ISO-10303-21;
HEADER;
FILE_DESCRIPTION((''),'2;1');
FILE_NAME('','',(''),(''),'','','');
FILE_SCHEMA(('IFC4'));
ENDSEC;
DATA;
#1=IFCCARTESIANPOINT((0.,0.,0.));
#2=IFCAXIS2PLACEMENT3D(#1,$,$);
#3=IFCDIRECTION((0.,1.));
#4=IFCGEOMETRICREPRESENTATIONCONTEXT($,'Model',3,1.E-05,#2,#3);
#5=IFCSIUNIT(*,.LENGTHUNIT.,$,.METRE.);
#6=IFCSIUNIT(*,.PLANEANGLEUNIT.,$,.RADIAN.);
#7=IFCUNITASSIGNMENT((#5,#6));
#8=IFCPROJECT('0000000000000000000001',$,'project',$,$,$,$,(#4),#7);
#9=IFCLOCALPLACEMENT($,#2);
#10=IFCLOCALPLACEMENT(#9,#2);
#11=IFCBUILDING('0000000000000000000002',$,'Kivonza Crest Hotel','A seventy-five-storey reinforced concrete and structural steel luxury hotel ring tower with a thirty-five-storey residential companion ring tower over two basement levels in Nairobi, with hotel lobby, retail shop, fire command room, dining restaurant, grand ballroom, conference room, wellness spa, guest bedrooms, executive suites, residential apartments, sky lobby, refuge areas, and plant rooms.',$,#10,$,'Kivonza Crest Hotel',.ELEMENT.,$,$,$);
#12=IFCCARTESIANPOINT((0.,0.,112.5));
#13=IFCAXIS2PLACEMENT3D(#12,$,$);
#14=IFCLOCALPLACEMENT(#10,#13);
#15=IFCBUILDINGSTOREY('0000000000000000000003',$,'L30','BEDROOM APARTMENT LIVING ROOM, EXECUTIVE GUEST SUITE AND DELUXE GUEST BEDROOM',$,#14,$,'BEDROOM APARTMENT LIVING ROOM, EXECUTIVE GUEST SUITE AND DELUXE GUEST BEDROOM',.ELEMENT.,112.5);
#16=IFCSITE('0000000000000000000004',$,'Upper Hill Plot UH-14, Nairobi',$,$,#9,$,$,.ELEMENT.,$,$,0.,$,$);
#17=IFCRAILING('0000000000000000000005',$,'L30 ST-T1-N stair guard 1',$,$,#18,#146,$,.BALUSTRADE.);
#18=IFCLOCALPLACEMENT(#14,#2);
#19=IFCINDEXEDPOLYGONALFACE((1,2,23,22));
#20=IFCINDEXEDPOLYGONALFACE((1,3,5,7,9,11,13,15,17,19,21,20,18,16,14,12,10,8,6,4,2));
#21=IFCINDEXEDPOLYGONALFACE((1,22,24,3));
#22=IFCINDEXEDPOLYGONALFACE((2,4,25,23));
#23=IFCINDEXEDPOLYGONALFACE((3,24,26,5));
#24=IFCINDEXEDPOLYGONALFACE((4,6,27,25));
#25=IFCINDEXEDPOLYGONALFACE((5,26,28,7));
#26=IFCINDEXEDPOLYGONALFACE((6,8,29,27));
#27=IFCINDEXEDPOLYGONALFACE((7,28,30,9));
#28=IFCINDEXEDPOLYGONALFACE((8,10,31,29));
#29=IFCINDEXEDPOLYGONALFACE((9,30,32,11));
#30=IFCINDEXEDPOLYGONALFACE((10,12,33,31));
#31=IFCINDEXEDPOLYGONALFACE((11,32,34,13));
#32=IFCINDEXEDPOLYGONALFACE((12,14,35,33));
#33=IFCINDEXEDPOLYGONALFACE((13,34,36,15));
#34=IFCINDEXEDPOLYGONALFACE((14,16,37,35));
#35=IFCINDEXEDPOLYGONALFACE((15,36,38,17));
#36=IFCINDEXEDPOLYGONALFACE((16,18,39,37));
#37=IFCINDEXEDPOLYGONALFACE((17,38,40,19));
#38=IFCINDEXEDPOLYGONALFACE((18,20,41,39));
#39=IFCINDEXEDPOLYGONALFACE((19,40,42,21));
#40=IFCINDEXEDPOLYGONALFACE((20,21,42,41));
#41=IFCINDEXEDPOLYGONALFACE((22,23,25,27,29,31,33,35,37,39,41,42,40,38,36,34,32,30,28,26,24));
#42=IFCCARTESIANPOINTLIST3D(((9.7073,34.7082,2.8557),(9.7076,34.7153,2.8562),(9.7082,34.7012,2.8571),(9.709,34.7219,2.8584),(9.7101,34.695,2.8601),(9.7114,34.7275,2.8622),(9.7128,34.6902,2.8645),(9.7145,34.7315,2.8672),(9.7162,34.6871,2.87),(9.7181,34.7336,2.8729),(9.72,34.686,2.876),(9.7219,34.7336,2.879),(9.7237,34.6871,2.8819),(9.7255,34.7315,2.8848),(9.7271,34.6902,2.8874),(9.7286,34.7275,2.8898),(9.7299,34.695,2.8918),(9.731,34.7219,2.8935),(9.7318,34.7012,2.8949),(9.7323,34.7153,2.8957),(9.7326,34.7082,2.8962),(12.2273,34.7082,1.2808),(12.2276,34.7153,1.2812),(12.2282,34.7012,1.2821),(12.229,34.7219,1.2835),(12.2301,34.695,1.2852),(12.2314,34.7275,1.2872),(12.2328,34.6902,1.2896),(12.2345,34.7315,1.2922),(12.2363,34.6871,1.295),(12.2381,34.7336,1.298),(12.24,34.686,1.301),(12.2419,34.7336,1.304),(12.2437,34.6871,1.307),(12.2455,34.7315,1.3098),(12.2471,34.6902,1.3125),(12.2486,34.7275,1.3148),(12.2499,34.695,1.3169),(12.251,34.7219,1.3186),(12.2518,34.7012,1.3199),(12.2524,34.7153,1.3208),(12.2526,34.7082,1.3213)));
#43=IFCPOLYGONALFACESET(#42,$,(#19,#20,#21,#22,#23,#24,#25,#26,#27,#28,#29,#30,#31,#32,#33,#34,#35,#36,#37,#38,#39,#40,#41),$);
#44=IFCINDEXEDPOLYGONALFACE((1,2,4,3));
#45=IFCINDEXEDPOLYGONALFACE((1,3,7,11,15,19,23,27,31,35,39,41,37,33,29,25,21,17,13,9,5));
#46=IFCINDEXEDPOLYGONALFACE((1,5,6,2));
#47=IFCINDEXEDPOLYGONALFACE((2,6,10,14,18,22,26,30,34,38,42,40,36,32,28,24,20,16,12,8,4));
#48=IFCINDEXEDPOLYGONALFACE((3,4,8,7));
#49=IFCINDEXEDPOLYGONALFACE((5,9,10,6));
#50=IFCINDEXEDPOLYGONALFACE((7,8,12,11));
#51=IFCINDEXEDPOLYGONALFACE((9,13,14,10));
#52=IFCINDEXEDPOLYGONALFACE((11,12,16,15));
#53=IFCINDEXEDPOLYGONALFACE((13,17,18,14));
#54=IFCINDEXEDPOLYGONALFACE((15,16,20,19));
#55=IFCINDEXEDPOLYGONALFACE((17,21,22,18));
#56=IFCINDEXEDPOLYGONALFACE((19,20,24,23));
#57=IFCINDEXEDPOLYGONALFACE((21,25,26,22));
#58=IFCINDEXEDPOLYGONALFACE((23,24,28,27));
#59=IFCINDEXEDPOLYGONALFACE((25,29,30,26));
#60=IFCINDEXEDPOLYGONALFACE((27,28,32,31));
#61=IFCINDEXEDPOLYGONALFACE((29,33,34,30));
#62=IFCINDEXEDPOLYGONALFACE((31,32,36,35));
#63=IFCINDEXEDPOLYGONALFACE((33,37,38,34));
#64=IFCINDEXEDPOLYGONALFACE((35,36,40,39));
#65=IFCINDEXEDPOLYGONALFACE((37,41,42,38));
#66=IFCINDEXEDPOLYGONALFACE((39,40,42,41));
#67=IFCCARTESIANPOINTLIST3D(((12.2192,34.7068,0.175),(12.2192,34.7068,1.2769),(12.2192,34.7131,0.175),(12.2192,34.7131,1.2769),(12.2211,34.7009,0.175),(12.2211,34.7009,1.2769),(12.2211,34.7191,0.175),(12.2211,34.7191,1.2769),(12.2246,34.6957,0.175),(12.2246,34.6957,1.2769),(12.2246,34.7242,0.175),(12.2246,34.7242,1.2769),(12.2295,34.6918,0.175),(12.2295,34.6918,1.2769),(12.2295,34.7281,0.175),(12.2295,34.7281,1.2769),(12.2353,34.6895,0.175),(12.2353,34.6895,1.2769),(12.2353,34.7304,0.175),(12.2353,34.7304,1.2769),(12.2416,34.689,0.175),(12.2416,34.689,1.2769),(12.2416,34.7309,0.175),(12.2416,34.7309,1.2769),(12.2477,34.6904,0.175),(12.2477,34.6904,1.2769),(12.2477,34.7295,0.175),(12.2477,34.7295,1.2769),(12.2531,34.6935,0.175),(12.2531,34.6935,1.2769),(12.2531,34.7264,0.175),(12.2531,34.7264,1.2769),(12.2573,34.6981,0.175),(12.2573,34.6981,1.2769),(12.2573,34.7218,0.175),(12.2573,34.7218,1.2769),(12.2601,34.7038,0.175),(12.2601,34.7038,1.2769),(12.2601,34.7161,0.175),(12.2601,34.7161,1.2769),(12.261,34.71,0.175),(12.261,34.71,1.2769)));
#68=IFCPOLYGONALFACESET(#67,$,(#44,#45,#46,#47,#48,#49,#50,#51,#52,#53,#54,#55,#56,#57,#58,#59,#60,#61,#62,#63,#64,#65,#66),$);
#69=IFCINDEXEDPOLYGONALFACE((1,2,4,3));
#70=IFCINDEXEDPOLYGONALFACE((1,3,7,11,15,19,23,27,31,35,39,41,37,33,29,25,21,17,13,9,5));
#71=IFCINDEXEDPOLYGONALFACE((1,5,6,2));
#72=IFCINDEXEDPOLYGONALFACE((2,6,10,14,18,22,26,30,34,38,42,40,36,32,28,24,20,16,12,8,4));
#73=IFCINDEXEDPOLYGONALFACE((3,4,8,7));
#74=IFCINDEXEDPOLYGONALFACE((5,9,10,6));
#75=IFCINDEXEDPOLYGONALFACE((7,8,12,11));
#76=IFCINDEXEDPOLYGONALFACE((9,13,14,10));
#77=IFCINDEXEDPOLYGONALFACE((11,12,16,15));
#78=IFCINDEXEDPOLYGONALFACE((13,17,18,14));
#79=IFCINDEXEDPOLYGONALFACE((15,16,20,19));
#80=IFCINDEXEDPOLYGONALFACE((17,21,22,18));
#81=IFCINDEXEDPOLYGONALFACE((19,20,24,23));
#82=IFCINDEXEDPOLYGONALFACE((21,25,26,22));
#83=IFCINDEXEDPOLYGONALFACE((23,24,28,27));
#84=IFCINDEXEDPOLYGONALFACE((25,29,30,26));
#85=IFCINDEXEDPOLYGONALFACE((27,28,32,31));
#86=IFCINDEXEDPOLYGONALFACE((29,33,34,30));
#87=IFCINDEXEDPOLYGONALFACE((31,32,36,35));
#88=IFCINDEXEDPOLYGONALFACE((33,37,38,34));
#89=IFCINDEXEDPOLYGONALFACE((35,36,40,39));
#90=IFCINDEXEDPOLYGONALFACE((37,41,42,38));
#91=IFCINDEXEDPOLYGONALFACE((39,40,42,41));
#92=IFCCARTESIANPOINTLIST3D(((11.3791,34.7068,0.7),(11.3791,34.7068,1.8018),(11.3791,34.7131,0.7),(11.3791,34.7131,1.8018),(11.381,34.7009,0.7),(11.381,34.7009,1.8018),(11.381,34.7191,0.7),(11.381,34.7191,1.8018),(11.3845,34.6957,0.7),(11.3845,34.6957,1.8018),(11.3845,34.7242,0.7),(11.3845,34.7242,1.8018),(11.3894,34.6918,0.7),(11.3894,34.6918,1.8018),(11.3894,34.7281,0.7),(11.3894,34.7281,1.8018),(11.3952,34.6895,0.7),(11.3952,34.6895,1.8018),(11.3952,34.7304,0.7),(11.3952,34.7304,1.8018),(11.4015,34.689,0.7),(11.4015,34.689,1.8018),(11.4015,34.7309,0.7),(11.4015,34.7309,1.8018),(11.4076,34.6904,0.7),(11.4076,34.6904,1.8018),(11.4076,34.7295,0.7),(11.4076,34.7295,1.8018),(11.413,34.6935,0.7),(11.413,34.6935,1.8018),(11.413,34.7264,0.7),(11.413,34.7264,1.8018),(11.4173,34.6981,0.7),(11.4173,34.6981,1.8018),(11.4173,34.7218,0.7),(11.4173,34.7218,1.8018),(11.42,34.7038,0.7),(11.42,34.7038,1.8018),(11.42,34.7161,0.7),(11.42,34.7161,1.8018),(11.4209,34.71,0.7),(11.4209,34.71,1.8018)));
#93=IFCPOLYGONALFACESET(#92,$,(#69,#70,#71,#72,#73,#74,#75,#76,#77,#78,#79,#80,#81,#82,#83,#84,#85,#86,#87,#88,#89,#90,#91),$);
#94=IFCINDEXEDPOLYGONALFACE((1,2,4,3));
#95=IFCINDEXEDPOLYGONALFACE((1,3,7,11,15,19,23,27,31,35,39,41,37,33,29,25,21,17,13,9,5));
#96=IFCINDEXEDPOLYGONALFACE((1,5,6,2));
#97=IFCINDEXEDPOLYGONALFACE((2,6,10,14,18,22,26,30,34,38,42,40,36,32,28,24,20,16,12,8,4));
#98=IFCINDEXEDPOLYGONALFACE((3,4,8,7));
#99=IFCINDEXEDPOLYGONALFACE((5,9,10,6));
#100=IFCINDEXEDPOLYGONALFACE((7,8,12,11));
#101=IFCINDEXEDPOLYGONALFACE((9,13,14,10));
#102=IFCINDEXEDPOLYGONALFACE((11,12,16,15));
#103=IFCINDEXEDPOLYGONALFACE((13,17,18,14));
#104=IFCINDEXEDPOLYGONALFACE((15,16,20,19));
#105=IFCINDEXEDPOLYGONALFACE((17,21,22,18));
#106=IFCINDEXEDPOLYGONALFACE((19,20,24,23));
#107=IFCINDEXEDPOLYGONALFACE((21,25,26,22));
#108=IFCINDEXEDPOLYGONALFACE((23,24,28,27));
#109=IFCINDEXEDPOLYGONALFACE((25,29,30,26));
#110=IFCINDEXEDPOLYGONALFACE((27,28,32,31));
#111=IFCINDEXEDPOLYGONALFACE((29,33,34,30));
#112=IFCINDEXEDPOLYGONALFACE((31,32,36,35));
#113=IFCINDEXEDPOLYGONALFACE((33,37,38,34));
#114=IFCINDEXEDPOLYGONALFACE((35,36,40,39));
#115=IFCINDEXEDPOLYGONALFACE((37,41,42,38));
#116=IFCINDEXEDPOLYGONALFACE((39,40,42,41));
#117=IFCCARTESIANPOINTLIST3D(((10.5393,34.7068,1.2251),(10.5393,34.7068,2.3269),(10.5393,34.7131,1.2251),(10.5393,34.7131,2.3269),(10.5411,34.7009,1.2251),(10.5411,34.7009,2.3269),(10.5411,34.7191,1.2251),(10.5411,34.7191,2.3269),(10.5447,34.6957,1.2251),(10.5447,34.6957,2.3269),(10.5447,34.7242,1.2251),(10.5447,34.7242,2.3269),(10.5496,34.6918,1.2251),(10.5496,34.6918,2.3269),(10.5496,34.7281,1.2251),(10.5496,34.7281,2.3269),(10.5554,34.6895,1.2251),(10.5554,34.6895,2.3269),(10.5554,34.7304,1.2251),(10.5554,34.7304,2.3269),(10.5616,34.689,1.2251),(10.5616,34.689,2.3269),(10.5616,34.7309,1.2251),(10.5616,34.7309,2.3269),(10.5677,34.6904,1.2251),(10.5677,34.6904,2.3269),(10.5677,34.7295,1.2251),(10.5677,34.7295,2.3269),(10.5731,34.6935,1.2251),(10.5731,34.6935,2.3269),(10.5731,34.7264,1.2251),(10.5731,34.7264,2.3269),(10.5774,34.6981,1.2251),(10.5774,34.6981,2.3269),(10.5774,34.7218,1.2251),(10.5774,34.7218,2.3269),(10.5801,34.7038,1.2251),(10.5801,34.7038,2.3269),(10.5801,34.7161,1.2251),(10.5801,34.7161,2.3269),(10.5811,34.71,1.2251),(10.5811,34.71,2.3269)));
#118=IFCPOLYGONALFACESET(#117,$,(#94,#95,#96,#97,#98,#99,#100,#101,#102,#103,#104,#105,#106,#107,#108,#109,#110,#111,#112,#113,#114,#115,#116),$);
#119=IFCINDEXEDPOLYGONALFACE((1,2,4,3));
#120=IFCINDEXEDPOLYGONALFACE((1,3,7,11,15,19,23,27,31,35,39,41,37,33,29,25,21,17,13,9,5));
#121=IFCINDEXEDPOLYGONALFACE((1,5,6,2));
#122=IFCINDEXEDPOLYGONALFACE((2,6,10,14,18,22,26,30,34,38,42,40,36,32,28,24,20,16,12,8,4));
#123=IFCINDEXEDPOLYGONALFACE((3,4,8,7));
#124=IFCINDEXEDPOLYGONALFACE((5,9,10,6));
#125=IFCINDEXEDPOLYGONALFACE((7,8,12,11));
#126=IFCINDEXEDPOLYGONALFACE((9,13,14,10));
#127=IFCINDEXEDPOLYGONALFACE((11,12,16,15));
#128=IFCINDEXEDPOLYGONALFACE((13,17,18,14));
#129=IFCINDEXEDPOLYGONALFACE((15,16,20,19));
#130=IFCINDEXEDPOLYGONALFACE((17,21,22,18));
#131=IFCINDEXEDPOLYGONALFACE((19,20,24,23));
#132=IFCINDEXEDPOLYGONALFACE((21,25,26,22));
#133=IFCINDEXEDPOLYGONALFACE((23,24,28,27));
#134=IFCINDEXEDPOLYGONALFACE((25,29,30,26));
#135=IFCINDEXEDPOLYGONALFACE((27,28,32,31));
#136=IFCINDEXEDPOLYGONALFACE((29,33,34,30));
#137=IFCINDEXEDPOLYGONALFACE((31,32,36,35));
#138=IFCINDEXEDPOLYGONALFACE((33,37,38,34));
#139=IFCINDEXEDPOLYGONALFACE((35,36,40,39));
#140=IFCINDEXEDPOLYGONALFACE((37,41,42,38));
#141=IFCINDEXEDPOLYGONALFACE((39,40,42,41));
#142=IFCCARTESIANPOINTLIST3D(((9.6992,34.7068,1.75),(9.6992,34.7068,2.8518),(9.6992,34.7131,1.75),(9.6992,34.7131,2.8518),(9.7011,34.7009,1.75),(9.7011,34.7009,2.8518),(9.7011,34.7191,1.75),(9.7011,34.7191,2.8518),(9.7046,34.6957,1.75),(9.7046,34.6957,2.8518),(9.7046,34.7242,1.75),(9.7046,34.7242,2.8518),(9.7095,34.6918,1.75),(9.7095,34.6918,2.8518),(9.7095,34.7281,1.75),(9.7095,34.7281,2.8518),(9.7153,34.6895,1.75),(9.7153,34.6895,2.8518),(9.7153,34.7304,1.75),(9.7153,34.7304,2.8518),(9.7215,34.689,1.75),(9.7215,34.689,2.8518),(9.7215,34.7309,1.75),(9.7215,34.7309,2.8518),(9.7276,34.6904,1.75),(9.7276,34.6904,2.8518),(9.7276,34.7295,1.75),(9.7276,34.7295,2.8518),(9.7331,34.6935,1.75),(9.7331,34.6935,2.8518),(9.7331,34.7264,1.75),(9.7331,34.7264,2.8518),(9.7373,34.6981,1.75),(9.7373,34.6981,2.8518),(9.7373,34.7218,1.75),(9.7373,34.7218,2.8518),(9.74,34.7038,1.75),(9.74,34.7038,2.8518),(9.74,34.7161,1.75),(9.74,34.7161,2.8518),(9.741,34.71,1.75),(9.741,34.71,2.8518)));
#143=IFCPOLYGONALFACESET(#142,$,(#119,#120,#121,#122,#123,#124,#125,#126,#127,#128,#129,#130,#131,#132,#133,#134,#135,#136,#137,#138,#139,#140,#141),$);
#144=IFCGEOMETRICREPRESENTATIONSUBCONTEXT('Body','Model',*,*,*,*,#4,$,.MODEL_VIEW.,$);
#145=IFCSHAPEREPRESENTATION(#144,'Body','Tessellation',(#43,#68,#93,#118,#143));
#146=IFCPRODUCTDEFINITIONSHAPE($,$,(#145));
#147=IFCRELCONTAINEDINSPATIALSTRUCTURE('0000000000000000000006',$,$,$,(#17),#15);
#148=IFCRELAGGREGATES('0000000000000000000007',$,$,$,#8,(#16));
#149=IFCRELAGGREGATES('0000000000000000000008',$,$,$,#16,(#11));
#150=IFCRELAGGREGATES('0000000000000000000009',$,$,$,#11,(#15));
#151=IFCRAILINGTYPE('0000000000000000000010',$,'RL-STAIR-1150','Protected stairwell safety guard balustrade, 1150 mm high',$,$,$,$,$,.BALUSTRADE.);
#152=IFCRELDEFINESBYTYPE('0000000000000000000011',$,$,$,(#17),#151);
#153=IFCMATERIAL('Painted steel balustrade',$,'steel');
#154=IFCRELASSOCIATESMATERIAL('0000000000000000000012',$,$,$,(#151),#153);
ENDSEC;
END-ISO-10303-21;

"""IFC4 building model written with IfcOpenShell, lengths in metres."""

from ifc_helpers import new_model, si_unit, direction, frame, origin, origin_2d, place, context, subcontext, project, spatial, circle, extrude, material, type_object, element, save


model = new_model("IFC4")

# Units and contexts
model_context = context("Model", 3, precision=1e-05, world=origin(), true_north=direction((0.0, 1.0)))
body_context = subcontext(model_context, "Body", "Model", "MODEL_VIEW")
ifc_project = project(units=[si_unit("LENGTHUNIT", "METRE"), si_unit("PLANEANGLEUNIT", "RADIAN")], contexts=[model_context])

# Site, building, storey
site_placement = place(None, origin())
site = spatial("IfcSite", under=ifc_project, at=site_placement, Name="Upper Hill Plot UH-14, Nairobi", CompositionType="ELEMENT", RefElevation=0.0)
building_placement = place(site_placement, origin())
building = spatial("IfcBuilding", under=site, at=building_placement, Name="Kivonza Crest Hotel", Description="A seventy-five-storey reinforced concrete and structural steel luxury hotel ring tower with a thirty-five-storey residential companion ring tower over two basement levels in Nairobi, with hotel lobby, retail shop, fire command room, dining restaurant, grand ballroom, conference room, wellness spa, guest bedrooms, executive suites, residential apartments, sky lobby, refuge areas, and plant rooms.", LongName="Kivonza Crest Hotel", CompositionType="ELEMENT")
storey_placement = place(building_placement, frame((0.0, 0.0, 112.5)))
storey = spatial("IfcBuildingStorey", under=building, at=storey_placement, Name="L30", Description="BEDROOM APARTMENT LIVING ROOM, EXECUTIVE GUEST SUITE AND DELUXE GUEST BEDROOM", LongName="BEDROOM APARTMENT LIVING ROOM, EXECUTIVE GUEST SUITE AND DELUXE GUEST BEDROOM", CompositionType="ELEMENT", Elevation=112.5)

# Railing
ifc_material_1 = material(Name="Painted steel balustrade", Category="steel")
railing_type_1 = type_object("IfcRailingType", Name="RL-STAIR-1150", Description="Protected stairwell safety guard balustrade, 1150 mm high", PredefinedType="BALUSTRADE", material=ifc_material_1)
railing_1_placement = place(storey_placement, frame((12.24, 34.71, 0.175)))
element("IfcRailing", 1, at=railing_1_placement, inside=storey, type_object=railing_type_1, Name="L30 ST-T1-N stair guard 1", PredefinedType="BALUSTRADE", context=body_context, shape_type="SweptSolid", body=[
    extrude(circle(Radius=0.0239, at=origin_2d()), frame((0.0, 0.0, 1.126), z_axis=(-0.848008, 0.0, 0.529984), x_axis=(0.0, -1.0, 0.0)), (0.0, 0.0, 1.0), 2.9717),
    extrude(circle(Radius=0.021, at=origin_2d()), origin(), (0.0, 0.0, 1.0), 1.1018),
    extrude(circle(Radius=0.021, at=origin_2d()), frame((-0.8401, 0.0, 0.5249)), (0.0, 0.0, 1.0), 1.1018),
    extrude(circle(Radius=0.021, at=origin_2d()), frame((-1.6799, 0.0, 1.05)), (0.0, 0.0, 1.0), 1.1018),
    extrude(circle(Radius=0.021, at=origin_2d()), frame((-2.52, 0.0, 1.575)), (0.0, 0.0, 1.0), 1.1018),
])

save(model, "model.ifc")
